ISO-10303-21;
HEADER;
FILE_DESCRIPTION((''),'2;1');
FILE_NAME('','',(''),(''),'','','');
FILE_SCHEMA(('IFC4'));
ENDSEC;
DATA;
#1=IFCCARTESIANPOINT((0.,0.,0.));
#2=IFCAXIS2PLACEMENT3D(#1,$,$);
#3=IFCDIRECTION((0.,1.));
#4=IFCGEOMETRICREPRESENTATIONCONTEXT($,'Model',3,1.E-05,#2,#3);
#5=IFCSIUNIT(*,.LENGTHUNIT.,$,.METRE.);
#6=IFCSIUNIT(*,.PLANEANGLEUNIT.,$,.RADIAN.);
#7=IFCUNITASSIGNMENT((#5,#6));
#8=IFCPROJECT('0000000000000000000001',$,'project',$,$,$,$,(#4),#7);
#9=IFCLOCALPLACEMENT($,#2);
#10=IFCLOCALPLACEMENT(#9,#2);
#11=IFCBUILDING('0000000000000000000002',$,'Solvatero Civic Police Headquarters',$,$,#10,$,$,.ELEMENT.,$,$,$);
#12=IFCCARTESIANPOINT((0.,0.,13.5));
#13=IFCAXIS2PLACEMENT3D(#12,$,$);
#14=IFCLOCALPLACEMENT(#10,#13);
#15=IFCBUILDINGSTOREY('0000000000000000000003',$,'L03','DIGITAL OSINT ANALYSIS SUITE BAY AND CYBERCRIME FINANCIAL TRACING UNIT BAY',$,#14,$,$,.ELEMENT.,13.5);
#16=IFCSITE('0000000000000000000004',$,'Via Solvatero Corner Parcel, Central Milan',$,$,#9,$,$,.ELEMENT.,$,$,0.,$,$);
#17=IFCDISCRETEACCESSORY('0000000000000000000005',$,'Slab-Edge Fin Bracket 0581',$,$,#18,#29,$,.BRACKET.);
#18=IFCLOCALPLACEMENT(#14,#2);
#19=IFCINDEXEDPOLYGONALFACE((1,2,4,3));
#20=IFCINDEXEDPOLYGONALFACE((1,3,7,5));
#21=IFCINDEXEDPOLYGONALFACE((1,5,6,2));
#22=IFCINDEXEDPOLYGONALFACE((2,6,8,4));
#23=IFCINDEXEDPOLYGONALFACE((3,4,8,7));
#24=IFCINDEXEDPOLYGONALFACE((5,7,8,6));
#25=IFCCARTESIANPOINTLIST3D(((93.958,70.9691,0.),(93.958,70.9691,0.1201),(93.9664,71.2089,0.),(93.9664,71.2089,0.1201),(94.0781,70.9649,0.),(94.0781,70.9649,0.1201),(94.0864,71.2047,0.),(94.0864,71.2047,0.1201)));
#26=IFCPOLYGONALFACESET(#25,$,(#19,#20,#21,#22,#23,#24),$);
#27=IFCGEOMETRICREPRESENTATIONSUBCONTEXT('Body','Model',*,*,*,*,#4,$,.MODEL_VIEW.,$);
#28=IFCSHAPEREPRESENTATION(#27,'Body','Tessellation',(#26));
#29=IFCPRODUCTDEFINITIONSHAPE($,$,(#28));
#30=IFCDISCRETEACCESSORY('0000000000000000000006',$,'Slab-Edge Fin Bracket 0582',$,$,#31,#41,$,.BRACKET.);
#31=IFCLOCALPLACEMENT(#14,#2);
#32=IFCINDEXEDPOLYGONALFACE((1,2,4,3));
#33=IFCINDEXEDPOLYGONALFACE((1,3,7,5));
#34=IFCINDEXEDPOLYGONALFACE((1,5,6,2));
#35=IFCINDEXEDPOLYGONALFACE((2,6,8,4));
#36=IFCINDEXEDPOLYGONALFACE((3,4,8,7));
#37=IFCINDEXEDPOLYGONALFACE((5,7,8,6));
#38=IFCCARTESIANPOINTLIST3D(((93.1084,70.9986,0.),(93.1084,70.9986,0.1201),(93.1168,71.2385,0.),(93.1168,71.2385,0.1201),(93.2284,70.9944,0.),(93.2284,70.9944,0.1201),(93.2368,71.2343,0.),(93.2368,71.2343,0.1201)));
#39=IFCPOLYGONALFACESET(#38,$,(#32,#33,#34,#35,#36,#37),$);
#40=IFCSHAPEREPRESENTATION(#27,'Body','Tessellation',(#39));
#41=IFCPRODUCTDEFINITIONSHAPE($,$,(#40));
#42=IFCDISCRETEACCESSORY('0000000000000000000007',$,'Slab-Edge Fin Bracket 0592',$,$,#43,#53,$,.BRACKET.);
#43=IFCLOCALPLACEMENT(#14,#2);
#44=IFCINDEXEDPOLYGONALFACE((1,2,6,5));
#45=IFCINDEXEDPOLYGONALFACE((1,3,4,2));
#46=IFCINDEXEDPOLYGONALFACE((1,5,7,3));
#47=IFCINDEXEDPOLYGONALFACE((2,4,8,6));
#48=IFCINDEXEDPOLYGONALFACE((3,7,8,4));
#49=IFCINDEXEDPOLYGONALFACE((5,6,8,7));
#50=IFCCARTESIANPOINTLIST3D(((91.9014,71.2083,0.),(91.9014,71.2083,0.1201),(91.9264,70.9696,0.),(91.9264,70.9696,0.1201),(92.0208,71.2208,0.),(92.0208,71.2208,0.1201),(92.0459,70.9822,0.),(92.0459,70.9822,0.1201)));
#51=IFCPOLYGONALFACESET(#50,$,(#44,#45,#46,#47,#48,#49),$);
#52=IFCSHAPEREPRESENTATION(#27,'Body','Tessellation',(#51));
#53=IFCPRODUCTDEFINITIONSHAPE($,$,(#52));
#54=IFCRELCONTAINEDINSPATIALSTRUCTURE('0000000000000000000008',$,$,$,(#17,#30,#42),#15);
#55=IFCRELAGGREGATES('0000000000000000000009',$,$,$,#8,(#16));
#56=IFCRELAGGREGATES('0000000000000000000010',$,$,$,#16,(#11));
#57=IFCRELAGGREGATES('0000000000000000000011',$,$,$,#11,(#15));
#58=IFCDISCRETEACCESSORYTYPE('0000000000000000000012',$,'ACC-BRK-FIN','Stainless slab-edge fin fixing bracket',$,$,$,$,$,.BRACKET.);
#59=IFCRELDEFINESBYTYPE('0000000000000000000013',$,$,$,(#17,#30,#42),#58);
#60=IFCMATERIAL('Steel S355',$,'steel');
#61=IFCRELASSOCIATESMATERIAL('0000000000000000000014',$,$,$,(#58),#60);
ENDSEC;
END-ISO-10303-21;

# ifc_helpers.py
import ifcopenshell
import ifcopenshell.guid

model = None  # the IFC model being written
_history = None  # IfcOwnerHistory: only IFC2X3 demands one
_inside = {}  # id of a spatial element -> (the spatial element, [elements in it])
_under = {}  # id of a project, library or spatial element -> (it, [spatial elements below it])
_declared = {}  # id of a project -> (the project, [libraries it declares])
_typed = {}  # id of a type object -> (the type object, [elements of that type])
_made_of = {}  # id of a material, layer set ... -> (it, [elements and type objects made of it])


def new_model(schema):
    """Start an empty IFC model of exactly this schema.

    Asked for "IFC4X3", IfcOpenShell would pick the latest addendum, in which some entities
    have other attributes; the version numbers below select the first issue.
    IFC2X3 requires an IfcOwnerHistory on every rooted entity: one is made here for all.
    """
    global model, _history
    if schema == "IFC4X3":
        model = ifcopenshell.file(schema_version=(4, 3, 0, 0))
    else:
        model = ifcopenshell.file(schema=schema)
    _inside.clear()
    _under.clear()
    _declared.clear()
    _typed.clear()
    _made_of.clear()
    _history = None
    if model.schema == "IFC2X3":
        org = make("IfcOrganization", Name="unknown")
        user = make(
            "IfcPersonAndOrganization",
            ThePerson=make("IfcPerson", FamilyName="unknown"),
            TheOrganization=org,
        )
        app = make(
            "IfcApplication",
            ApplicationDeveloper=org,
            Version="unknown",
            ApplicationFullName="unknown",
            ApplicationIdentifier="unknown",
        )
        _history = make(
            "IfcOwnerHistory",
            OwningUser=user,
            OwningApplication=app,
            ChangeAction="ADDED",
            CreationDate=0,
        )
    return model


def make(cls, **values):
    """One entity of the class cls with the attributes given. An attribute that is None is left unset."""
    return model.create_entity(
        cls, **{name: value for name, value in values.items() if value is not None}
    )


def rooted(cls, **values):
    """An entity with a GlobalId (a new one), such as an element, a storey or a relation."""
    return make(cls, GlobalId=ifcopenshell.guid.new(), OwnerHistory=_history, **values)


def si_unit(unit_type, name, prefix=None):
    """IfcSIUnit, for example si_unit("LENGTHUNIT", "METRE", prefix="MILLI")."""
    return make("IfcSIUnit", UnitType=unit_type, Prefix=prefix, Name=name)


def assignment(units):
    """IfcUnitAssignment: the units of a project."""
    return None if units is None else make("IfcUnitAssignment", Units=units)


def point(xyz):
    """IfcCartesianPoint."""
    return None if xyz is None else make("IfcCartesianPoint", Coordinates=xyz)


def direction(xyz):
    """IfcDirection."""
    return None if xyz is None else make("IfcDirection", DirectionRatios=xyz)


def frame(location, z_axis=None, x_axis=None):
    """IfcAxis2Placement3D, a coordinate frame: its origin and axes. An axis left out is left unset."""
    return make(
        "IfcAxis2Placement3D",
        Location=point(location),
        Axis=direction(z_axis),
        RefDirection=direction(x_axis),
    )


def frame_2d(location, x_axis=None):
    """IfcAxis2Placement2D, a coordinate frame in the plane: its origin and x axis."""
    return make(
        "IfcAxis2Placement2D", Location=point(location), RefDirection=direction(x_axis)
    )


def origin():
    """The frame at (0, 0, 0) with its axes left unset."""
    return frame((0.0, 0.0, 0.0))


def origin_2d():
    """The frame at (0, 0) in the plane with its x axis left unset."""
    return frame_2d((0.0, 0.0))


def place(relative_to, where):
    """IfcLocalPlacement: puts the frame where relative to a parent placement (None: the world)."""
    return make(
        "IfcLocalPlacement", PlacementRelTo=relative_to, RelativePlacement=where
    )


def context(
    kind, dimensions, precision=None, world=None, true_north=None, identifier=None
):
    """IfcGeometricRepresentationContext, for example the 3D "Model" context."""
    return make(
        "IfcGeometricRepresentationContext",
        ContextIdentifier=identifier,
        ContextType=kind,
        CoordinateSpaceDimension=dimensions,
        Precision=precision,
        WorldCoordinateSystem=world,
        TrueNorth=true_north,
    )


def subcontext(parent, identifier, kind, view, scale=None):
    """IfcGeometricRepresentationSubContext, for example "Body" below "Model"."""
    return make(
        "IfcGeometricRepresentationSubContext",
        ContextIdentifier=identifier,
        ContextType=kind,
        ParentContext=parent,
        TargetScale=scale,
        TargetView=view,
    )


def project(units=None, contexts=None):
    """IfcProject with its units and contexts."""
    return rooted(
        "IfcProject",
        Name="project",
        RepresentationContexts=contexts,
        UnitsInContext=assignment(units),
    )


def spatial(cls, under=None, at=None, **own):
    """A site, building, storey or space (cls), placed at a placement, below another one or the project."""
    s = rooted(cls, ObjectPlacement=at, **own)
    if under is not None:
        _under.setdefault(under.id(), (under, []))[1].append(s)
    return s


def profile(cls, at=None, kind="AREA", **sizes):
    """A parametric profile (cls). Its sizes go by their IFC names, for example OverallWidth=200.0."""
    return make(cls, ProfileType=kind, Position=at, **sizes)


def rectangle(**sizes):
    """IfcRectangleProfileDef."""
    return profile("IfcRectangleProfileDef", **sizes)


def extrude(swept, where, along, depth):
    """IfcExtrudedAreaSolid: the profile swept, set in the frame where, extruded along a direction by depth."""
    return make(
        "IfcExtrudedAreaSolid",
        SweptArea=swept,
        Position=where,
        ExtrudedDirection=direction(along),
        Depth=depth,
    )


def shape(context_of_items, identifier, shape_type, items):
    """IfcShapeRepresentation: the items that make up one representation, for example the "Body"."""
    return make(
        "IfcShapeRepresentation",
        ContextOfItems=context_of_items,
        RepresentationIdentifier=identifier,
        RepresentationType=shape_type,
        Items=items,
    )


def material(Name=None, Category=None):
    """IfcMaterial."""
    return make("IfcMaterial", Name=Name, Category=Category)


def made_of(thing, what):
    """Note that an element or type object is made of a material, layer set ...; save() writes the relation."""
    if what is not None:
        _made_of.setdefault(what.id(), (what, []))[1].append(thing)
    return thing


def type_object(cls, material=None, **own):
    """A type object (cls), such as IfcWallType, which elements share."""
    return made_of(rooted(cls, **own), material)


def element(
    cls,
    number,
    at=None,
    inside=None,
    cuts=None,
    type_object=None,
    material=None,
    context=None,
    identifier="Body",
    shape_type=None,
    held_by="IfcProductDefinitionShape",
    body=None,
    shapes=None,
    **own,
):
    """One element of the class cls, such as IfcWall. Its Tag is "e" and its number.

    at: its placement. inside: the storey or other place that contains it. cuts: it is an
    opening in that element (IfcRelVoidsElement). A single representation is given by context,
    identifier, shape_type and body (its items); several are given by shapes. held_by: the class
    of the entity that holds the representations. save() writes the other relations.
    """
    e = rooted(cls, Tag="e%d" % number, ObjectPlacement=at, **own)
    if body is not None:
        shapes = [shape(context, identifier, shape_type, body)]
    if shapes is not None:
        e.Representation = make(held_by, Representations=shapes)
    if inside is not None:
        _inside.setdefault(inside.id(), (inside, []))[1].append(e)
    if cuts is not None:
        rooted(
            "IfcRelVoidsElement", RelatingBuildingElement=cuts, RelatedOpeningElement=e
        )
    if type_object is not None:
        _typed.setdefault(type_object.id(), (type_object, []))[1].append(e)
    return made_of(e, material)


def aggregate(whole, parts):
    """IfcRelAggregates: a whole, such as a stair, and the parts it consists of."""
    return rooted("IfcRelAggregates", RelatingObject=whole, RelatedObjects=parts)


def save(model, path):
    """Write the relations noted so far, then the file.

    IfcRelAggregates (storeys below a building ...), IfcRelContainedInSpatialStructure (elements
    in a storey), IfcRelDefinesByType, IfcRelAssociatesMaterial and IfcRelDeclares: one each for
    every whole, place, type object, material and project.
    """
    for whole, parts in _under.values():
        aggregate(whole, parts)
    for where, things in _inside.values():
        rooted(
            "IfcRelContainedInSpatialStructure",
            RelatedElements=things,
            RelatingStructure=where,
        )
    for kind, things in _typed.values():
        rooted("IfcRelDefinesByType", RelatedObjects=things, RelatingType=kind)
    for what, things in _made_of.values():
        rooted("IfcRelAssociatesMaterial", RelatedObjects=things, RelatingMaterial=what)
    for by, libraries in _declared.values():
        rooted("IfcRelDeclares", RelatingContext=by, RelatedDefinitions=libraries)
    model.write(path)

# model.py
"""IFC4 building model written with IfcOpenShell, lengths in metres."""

from ifc_helpers import new_model, si_unit, direction, frame, origin, origin_2d, place, context, subcontext, project, spatial, rectangle, extrude, material, type_object, element, save


model = new_model("IFC4")

# Units and contexts
model_context = context("Model", 3, precision=1e-05, world=origin(), true_north=direction((0.0, 1.0)))
body_context = subcontext(model_context, "Body", "Model", "MODEL_VIEW")
ifc_project = project(units=[si_unit("LENGTHUNIT", "METRE"), si_unit("PLANEANGLEUNIT", "RADIAN")], contexts=[model_context])

# Site, building, storey
site_placement = place(None, origin())
site = spatial("IfcSite", under=ifc_project, at=site_placement, Name="Via Solvatero Corner Parcel, Central Milan", CompositionType="ELEMENT", RefElevation=0.0)
building_placement = place(site_placement, origin())
building = spatial("IfcBuilding", under=site, at=building_placement, Name="Solvatero Civic Police Headquarters", CompositionType="ELEMENT")
storey_placement = place(building_placement, frame((0.0, 0.0, 13.5)))
storey = spatial("IfcBuildingStorey", under=building, at=storey_placement, Name="L03", Description="DIGITAL OSINT ANALYSIS SUITE BAY AND CYBERCRIME FINANCIAL TRACING UNIT BAY", CompositionType="ELEMENT", Elevation=13.5)

# Shared definitions
ifc_material_1 = material(Name="Steel S355", Category="steel")

# Discrete accessories
discrete_accessory_type = type_object("IfcDiscreteAccessoryType", Name="ACC-BRK-FIN", Description="Stainless slab-edge fin fixing bracket", PredefinedType="BRACKET", material=ifc_material_1)
for number, where, z_axis, x_axis, name in (
    (1, (94.0222, 71.0869, 0.0), (0.0, 0.0, 1.0), (-0.999391, 0.034899, 0.0), "Slab-Edge Fin Bracket 0581"),
    (2, (93.1726, 71.1165, 0.0), (0.0, 0.0, 1.0), (-0.999391, 0.034899, 0.0), "Slab-Edge Fin Bracket 0582"),
    (3, (91.9736, 71.0952, 0.0), (0.0, 0.0, 1.0), (-0.994522, -0.104528, 0.0), "Slab-Edge Fin Bracket 0592"),
):
    element("IfcDiscreteAccessory", number, at=place(storey_placement, frame(where, z_axis=z_axis, x_axis=x_axis)), inside=storey, type_object=discrete_accessory_type, Name=name, PredefinedType="BRACKET", context=body_context, shape_type="SweptSolid", body=[
        extrude(rectangle(XDim=0.1201, YDim=0.24, at=origin_2d()), origin(), (0.0, 0.0, 1.0), 0.1201),
    ])

save(model, "model.ifc")
